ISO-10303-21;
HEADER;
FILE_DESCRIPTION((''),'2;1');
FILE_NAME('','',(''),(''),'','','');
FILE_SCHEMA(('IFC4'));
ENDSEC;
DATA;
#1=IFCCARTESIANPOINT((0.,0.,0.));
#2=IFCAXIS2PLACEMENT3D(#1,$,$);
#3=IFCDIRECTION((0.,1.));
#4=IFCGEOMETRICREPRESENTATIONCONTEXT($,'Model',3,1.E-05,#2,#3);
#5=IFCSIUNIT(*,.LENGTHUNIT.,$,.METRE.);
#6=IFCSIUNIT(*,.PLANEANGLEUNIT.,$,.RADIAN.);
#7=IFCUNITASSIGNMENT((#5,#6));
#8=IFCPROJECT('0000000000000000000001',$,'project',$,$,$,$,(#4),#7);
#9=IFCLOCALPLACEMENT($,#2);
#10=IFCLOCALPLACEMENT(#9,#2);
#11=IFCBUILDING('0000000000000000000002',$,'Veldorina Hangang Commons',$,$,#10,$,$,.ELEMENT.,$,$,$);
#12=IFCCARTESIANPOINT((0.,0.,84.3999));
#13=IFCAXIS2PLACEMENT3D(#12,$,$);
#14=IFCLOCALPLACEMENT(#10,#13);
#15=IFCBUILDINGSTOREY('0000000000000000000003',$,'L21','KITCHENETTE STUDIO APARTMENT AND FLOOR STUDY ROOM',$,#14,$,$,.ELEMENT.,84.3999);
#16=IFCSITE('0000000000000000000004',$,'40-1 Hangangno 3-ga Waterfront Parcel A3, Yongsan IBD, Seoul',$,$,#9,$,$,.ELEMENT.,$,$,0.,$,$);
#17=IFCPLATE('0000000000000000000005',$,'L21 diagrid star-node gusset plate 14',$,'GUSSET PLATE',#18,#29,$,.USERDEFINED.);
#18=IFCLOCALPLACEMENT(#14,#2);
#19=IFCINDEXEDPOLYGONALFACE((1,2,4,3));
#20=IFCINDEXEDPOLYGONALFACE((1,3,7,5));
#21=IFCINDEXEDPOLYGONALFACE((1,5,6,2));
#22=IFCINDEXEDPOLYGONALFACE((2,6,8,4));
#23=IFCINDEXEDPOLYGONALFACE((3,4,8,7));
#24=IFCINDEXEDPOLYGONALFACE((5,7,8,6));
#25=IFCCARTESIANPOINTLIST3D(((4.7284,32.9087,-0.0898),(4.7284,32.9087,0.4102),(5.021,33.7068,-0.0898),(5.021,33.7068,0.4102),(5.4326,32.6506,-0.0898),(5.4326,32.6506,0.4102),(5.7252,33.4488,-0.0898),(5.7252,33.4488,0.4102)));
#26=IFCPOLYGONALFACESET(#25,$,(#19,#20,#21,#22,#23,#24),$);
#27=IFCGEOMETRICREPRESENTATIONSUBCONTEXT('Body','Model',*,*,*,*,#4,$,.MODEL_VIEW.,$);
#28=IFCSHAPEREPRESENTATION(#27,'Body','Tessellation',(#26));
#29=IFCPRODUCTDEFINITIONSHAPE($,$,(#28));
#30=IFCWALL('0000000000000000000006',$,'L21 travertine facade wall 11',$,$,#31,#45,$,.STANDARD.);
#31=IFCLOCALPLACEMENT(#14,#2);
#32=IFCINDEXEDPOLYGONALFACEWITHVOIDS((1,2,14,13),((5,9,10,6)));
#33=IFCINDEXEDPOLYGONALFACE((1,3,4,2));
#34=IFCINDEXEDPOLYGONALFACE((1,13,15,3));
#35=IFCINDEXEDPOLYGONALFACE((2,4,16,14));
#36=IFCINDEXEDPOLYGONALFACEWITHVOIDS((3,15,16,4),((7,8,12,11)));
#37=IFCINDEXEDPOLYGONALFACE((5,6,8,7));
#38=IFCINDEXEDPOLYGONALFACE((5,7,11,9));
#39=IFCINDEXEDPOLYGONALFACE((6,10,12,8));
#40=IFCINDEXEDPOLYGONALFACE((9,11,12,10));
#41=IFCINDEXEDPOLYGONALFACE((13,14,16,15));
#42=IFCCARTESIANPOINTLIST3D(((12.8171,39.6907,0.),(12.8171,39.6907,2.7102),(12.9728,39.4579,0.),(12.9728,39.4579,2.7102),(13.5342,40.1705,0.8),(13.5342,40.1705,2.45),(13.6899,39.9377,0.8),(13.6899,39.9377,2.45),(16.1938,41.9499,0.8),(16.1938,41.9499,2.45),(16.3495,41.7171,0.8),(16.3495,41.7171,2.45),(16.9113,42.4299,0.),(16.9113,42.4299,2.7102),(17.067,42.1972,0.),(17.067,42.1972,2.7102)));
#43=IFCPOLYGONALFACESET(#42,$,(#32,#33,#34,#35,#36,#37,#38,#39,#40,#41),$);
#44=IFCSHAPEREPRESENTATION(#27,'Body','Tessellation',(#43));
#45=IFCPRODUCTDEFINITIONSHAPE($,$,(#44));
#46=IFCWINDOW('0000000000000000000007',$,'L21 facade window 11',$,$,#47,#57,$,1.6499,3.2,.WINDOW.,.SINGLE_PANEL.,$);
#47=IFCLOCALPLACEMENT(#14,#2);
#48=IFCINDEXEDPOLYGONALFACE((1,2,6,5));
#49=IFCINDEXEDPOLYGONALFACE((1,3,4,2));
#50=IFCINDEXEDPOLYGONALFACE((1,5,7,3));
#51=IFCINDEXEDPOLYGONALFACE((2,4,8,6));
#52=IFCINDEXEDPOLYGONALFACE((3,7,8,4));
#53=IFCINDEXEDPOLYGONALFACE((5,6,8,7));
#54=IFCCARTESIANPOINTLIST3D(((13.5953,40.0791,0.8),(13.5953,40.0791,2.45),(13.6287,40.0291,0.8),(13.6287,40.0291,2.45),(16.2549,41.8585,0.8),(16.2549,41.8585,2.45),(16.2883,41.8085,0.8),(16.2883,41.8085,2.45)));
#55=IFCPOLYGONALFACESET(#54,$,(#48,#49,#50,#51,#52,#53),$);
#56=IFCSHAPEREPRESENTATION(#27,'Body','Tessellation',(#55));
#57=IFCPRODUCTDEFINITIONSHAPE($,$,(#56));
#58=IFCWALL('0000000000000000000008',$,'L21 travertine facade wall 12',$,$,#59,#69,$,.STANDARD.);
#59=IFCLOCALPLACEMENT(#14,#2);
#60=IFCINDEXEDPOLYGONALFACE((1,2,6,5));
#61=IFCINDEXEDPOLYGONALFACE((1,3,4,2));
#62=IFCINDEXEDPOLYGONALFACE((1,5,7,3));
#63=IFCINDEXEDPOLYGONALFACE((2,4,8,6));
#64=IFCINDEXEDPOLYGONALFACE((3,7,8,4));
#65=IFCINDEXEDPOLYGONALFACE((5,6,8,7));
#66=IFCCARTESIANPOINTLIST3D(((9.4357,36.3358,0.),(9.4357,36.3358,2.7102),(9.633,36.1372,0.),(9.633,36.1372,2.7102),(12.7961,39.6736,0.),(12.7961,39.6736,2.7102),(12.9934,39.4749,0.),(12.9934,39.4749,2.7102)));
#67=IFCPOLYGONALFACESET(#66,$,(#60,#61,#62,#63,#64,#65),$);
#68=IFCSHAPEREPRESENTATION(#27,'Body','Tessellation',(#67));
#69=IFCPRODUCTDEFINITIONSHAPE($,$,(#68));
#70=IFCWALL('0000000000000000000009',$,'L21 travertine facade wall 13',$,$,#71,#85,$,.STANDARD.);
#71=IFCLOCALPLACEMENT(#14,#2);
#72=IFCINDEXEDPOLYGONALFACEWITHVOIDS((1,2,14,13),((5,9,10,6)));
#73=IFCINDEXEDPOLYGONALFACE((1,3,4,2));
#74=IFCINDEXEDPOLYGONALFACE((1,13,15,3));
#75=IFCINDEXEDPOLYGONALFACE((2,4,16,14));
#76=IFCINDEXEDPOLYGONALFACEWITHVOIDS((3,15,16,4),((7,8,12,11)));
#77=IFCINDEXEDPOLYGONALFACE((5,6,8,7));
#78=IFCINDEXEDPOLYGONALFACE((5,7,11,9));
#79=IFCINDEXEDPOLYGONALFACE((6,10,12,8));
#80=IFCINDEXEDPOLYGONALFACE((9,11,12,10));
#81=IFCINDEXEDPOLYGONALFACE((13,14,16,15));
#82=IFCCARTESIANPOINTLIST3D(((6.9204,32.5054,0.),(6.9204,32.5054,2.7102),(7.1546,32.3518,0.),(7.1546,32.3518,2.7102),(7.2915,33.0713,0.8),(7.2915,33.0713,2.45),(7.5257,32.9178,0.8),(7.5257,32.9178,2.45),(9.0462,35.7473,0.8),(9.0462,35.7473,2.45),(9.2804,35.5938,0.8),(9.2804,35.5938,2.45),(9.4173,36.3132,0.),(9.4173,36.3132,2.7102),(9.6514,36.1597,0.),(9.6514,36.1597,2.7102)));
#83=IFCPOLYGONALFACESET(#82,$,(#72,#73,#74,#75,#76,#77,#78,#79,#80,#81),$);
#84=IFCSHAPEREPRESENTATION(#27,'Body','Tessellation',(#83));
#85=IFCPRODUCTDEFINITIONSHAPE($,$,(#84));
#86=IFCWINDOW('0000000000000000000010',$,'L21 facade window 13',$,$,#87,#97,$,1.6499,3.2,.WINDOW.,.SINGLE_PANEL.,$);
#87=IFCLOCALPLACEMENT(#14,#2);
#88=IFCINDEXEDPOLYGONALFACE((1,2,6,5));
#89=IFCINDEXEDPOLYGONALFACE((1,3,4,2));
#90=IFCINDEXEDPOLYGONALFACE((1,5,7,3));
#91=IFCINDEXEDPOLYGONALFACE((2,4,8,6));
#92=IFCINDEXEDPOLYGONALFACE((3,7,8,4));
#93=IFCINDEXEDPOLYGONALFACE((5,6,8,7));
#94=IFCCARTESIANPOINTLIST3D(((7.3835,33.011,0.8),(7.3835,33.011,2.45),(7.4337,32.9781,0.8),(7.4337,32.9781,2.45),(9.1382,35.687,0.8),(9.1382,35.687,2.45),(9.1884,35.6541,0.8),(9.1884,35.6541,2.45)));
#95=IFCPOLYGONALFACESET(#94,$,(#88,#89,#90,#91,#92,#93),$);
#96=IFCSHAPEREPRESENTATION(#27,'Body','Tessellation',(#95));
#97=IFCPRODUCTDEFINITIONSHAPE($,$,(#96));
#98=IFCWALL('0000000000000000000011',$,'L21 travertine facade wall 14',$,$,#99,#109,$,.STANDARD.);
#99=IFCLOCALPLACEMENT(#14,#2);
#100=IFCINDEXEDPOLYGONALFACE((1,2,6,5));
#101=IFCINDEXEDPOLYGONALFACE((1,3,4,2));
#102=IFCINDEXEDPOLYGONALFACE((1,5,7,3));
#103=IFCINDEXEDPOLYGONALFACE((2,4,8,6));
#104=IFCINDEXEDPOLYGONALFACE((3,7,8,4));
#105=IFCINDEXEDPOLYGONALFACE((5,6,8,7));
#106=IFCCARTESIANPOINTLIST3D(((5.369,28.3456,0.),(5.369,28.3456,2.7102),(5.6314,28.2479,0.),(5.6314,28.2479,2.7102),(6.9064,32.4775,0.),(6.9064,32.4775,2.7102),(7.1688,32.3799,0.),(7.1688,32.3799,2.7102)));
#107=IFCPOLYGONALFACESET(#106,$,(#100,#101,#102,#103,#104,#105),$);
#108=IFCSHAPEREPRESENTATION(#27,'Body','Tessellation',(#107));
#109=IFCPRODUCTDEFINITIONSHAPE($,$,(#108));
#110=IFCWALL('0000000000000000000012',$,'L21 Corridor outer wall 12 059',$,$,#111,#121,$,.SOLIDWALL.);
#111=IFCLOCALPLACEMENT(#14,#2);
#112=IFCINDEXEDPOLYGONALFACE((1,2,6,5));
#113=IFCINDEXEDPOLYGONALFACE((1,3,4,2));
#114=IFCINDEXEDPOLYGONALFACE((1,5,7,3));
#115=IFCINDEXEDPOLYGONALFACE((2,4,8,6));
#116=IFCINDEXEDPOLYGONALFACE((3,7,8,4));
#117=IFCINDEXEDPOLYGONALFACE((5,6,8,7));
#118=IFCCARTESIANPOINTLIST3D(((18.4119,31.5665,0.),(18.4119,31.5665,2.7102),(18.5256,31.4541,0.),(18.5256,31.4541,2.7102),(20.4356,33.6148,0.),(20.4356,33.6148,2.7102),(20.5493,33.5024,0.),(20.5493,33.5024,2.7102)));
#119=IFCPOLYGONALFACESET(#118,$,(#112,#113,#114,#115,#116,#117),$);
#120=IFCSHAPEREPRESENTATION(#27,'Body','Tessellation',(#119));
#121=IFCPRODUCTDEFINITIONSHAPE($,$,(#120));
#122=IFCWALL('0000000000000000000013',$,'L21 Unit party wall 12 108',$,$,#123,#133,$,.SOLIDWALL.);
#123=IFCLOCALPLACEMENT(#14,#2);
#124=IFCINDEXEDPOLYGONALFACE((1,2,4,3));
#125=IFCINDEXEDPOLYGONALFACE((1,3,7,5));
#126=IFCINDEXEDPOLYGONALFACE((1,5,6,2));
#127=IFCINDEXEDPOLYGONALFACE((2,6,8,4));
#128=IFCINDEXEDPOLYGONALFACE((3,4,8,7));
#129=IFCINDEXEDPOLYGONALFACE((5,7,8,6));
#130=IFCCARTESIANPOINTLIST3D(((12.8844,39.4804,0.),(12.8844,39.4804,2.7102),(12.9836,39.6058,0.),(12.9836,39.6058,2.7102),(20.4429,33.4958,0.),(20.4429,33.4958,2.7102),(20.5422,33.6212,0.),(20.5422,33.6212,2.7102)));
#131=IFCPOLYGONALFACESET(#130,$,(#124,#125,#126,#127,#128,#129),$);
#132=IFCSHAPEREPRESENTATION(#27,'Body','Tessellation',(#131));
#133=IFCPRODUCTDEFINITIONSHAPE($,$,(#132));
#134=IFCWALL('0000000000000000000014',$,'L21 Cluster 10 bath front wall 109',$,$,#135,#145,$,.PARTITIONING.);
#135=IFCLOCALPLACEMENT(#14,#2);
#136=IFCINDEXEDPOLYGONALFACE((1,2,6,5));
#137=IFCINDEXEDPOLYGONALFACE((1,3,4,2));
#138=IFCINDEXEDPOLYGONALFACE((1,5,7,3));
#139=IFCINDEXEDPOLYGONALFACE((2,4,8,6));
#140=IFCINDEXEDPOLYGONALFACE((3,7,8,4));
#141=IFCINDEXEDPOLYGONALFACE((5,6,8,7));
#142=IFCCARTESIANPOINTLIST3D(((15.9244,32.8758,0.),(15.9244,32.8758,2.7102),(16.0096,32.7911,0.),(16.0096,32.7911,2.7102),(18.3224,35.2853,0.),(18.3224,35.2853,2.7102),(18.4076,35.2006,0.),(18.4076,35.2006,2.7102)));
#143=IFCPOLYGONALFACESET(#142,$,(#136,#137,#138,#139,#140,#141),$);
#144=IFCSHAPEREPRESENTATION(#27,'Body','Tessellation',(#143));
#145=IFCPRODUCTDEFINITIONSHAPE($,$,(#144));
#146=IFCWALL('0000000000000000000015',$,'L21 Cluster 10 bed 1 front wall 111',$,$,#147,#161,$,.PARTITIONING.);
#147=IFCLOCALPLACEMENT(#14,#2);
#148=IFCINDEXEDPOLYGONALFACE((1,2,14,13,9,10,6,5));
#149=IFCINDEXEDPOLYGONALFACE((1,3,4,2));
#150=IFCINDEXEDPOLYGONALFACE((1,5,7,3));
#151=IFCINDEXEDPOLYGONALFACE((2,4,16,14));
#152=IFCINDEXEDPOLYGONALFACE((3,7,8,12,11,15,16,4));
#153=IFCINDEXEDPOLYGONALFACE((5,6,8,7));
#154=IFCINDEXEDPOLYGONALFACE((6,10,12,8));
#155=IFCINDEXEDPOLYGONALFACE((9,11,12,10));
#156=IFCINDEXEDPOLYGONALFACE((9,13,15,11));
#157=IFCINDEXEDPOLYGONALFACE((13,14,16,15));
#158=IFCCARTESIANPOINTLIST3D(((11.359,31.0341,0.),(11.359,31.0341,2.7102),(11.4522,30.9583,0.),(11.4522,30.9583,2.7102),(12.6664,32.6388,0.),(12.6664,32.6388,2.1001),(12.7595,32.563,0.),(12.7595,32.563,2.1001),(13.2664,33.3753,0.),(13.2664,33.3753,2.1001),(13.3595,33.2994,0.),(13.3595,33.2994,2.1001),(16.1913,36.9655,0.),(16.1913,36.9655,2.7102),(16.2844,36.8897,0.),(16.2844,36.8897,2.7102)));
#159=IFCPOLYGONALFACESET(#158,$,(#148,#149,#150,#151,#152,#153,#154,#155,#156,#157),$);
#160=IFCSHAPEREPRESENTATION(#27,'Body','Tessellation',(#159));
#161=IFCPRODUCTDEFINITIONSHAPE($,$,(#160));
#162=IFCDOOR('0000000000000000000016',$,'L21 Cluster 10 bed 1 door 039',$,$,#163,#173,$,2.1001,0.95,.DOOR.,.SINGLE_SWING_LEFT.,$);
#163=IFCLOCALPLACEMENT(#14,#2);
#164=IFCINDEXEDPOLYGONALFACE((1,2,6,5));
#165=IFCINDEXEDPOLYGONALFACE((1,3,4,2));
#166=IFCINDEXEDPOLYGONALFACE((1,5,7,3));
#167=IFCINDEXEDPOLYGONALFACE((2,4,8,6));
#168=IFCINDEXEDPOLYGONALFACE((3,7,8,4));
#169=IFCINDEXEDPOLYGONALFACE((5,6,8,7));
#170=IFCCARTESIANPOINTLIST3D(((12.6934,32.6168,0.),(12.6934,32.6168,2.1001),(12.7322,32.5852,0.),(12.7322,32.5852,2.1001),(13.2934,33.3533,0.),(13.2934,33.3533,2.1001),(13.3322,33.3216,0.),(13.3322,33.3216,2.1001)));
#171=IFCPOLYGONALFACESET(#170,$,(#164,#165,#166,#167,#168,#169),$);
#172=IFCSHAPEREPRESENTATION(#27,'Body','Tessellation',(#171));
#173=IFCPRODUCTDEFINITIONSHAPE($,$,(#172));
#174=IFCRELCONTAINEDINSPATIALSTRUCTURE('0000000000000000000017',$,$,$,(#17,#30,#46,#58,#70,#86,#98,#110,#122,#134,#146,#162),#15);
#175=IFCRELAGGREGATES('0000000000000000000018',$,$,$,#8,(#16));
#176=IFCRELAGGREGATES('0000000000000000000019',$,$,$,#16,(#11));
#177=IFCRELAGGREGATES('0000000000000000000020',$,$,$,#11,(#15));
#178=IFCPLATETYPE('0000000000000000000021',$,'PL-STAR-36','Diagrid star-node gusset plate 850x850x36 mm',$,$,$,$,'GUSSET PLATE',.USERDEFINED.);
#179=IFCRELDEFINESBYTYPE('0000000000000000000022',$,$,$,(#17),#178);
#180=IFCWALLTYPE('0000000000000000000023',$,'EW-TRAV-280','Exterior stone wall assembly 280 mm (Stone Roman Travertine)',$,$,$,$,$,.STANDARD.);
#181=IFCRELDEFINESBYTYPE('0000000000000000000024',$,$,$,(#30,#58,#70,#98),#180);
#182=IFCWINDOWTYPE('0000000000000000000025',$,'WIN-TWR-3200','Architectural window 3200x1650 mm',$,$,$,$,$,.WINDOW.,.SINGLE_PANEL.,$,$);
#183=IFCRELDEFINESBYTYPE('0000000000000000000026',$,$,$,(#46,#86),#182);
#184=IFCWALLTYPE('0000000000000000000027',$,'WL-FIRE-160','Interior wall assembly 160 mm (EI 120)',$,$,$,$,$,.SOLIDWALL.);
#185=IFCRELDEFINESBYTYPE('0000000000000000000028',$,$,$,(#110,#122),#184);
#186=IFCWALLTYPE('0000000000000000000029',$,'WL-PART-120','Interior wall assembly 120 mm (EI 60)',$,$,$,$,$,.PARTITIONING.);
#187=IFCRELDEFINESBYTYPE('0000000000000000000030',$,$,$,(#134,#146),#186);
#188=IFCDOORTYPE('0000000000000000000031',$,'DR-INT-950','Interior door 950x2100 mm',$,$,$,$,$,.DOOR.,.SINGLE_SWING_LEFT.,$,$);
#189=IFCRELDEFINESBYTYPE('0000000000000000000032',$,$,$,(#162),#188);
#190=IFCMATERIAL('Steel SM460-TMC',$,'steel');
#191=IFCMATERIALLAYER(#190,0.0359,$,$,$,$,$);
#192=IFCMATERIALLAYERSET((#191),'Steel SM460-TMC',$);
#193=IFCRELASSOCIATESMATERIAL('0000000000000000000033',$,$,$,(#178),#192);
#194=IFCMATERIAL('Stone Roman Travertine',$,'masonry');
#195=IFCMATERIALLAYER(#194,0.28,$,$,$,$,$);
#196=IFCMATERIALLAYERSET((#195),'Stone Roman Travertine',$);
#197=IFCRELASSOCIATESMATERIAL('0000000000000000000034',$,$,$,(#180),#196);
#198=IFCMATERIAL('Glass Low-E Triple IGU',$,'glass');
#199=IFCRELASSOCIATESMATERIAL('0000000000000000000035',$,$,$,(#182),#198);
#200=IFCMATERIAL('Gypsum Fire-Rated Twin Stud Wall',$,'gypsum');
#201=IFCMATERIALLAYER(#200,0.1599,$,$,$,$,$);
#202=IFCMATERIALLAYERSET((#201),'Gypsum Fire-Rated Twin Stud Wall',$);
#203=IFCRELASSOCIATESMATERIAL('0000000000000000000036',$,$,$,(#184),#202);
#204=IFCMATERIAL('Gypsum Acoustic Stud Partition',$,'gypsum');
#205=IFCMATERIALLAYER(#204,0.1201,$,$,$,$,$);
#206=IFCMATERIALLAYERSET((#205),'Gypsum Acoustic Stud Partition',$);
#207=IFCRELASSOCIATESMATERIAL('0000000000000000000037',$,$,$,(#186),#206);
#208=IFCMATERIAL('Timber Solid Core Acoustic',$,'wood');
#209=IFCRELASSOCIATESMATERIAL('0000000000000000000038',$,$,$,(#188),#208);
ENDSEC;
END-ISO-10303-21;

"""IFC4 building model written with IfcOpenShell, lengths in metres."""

from ifc_helpers import new_model, si_unit, direction, frame, frame_2d, origin, origin_2d, place, context, subcontext, project, spatial, rectangle, extrude, material, layer, layer_set, type_object, element, fill, save


model = new_model("IFC4")

# Units and contexts
model_context = context("Model", 3, precision=1e-05, world=origin(), true_north=direction((0.0, 1.0)))
body_context = subcontext(model_context, "Body", "Model", "MODEL_VIEW")
ifc_project = project(units=[si_unit("LENGTHUNIT", "METRE"), si_unit("PLANEANGLEUNIT", "RADIAN")], contexts=[model_context])

# Site, building, storey
site_placement = place(None, origin())
site = spatial("IfcSite", under=ifc_project, at=site_placement, Name="40-1 Hangangno 3-ga Waterfront Parcel A3, Yongsan IBD, Seoul", CompositionType="ELEMENT", RefElevation=0.0)
building_placement = place(site_placement, origin())
building = spatial("IfcBuilding", under=site, at=building_placement, Name="Veldorina Hangang Commons", CompositionType="ELEMENT")
storey_placement = place(building_placement, frame((0.0, 0.0, 84.3999)))
storey = spatial("IfcBuildingStorey", under=building, at=storey_placement, Name="L21", Description="KITCHENETTE STUDIO APARTMENT AND FLOOR STUDY ROOM", CompositionType="ELEMENT", Elevation=84.3999)

# Shared definitions
ifc_material_1 = material(Name="Steel SM460-TMC", Category="steel")

# Plate
ifc_layer_1 = layer(ifc_material_1, 0.0359)
ifc_layer_set_1 = layer_set([ifc_layer_1], Name="Steel SM460-TMC")
plate_type = type_object("IfcPlateType", Name="PL-STAR-36", Description="Diagrid star-node gusset plate 850x850x36 mm", ElementType="GUSSET PLATE", PredefinedType="USERDEFINED", material=ifc_layer_set_1)
plate_1_placement = place(storey_placement, frame((5.2268, 33.1787, -0.0898), z_axis=(0.0, 0.0, 1.0), x_axis=(-0.344119, -0.938926, 0.0)))
element("IfcPlate", 1, at=plate_1_placement, inside=storey, type_object=plate_type, Name="L21 diagrid star-node gusset plate 14", ObjectType="GUSSET PLATE", PredefinedType="USERDEFINED", context=body_context, shape_type="SweptSolid", body=[
    extrude(rectangle(XDim=0.8501, YDim=0.75, at=origin_2d()), origin(), (0.0, 0.0, 1.0), 0.5),
])

# Wall, opening, window
ifc_material_2 = material(Name="Stone Roman Travertine", Category="masonry")
ifc_layer_2 = layer(ifc_material_2, 0.28)
ifc_layer_set_2 = layer_set([ifc_layer_2], Name="Stone Roman Travertine")
wall_type_1 = type_object("IfcWallType", Name="EW-TRAV-280", Description="Exterior stone wall assembly 280 mm (Stone Roman Travertine)", PredefinedType="STANDARD", material=ifc_layer_set_2)
wall_1_placement = place(storey_placement, frame((16.989, 42.3135, 0.0), z_axis=(0.0, 0.0, 1.0), x_axis=(-0.831134, -0.556072, 0.0)))
wall_1 = element("IfcWall", 2, at=wall_1_placement, inside=storey, type_object=wall_type_1, Name="L21 travertine facade wall 11", PredefinedType="STANDARD", context=body_context, shape_type="SweptSolid", body=[
    extrude(rectangle(XDim=4.926, YDim=0.28, at=frame_2d((2.4629, 0.0))), origin(), (0.0, 0.0, 1.0), 2.7102),
])
opening_1_placement = place(wall_1_placement, frame((0.863, 0.0, 0.8)))
opening_1 = element("IfcOpeningElement", 3, at=opening_1_placement, cuts=wall_1, PredefinedType="OPENING", context=body_context, shape_type="SweptSolid", body=[
    extrude(rectangle(XDim=3.2, YDim=1.6499, at=frame_2d((1.6001, 0.825))), frame((0.0, 0.1499, 0.0), z_axis=(0.0, -1.0, 0.0), x_axis=(1.0, 0.0, 0.0)), (0.0, 0.0, 1.0), 0.3),
])
ifc_material_3 = material(Name="Glass Low-E Triple IGU", Category="glass")
window_type = type_object("IfcWindowType", Name="WIN-TWR-3200", Description="Architectural window 3200x1650 mm", PartitioningType="SINGLE_PANEL", PredefinedType="WINDOW", material=ifc_material_3)
window_1_placement = place(opening_1_placement, origin())
window_1 = element("IfcWindow", 4, at=window_1_placement, inside=storey, type_object=window_type, Name="L21 facade window 11", OverallHeight=1.6499, OverallWidth=3.2, PartitioningType="SINGLE_PANEL", PredefinedType="WINDOW", context=body_context, shape_type="SweptSolid", body=[
    extrude(rectangle(XDim=3.2, YDim=1.6499, at=frame_2d((1.6001, 0.825))), frame((0.0, 0.03, 0.0), z_axis=(0.0, -1.0, 0.0), x_axis=(1.0, 0.0, 0.0)), (0.0, 0.0, 1.0), 0.0601),
])
fill(opening_1, window_1)

# Wall
wall_2_placement = place(storey_placement, frame((12.8948, 39.5742, 0.0), z_axis=(0.0, 0.0, 1.0), x_axis=(-0.7095, -0.704706, 0.0)))
element("IfcWall", 5, at=wall_2_placement, inside=storey, type_object=wall_type_1, Name="L21 travertine facade wall 12", PredefinedType="STANDARD", context=body_context, shape_type="SweptSolid", body=[
    extrude(rectangle(XDim=4.7363, YDim=0.28, at=frame_2d((2.3682, 0.0))), origin(), (0.0, 0.0, 1.0), 2.7102),
])

# Wall, opening, window
wall_3_placement = place(storey_placement, frame((9.5344, 36.2366, 0.0), z_axis=(0.0, 0.0, 1.0), x_axis=(-0.548337, -0.836258, 0.0)))
wall_3 = element("IfcWall", 6, at=wall_3_placement, inside=storey, type_object=wall_type_1, Name="L21 travertine facade wall 13", PredefinedType="STANDARD", context=body_context, shape_type="SweptSolid", body=[
    extrude(rectangle(XDim=4.5535, YDim=0.28, at=frame_2d((2.2769, 0.0))), origin(), (0.0, 0.0, 1.0), 2.7102),
])
opening_2_placement = place(wall_3_placement, frame((0.6768, 0.0, 0.8)))
opening_2 = element("IfcOpeningElement", 7, at=opening_2_placement, cuts=wall_3, PredefinedType="OPENING", context=body_context, shape_type="SweptSolid", body=[
    extrude(rectangle(XDim=3.2, YDim=1.6499, at=frame_2d((1.6001, 0.825))), frame((0.0, 0.1499, 0.0), z_axis=(0.0, -1.0, 0.0), x_axis=(1.0, 0.0, 0.0)), (0.0, 0.0, 1.0), 0.3),
])
window_2_placement = place(opening_2_placement, origin())
window_2 = element("IfcWindow", 8, at=window_2_placement, inside=storey, type_object=window_type, Name="L21 facade window 13", OverallHeight=1.6499, OverallWidth=3.2, PartitioningType="SINGLE_PANEL", PredefinedType="WINDOW", context=body_context, shape_type="SweptSolid", body=[
    extrude(rectangle(XDim=3.2, YDim=1.6499, at=frame_2d((1.6001, 0.825))), frame((0.0, 0.03, 0.0), z_axis=(0.0, -1.0, 0.0), x_axis=(1.0, 0.0, 0.0)), (0.0, 0.0, 1.0), 0.0601),
])
fill(opening_2, window_2)

# Walls
wall_4_placement = place(storey_placement, frame((7.0376, 32.4287, 0.0), z_axis=(0.0, 0.0, 1.0), x_axis=(-0.348719, -0.937227, 0.0)))
element("IfcWall", 9, at=wall_4_placement, inside=storey, type_object=wall_type_1, Name="L21 travertine facade wall 14", PredefinedType="STANDARD", context=body_context, shape_type="SweptSolid", body=[
    extrude(rectangle(XDim=4.4087, YDim=0.28, at=frame_2d((2.2043, 0.0))), origin(), (0.0, 0.0, 1.0), 2.7102),
])
ifc_material_4 = material(Name="Gypsum Fire-Rated Twin Stud Wall", Category="gypsum")
ifc_layer_3 = layer(ifc_material_4, 0.1599)
ifc_layer_set_3 = layer_set([ifc_layer_3], Name="Gypsum Fire-Rated Twin Stud Wall")
wall_type_2 = type_object("IfcWallType", Name="WL-FIRE-160", Description="Interior wall assembly 160 mm (EI 120)", PredefinedType="SOLIDWALL", material=ifc_layer_set_3)
wall_5_placement = place(storey_placement, frame((20.4924, 33.5586, 0.0), z_axis=(0.0, 0.0, 1.0), x_axis=(-0.702812, -0.711376, 0.0)))
element("IfcWall", 10, at=wall_5_placement, inside=storey, type_object=wall_type_2, Name="L21 Corridor outer wall 12 059", PredefinedType="SOLIDWALL", context=body_context, shape_type="SweptSolid", body=[
    extrude(rectangle(XDim=2.8794, YDim=0.1599, at=frame_2d((1.4397, 0.0))), origin(), (0.0, 0.0, 1.0), 2.7102),
])
wall_6_placement = place(storey_placement, frame((20.4924, 33.5586, 0.0), z_axis=(0.0, 0.0, 1.0), x_axis=(-0.784009, 0.62075, 0.0)))
element("IfcWall", 11, at=wall_6_placement, inside=storey, type_object=wall_type_2, Name="L21 Unit party wall 12 108", PredefinedType="SOLIDWALL", context=body_context, shape_type="SweptSolid", body=[
    extrude(rectangle(XDim=9.6409, YDim=0.1599, at=frame_2d((4.8203, 0.0))), origin(), (0.0, 0.0, 1.0), 2.7102),
])
ifc_material_5 = material(Name="Gypsum Acoustic Stud Partition", Category="gypsum")
ifc_layer_4 = layer(ifc_material_5, 0.1201)
ifc_layer_set_4 = layer_set([ifc_layer_4], Name="Gypsum Acoustic Stud Partition")
wall_type_3 = type_object("IfcWallType", Name="WL-PART-120", Description="Interior wall assembly 120 mm (EI 60)", PredefinedType="PARTITIONING", material=ifc_layer_set_4)
wall_7_placement = place(storey_placement, frame((18.365, 35.2429, 0.0), z_axis=(0.0, 0.0, 1.0), x_axis=(-0.705417, -0.708793, 0.0)))
element("IfcWall", 12, at=wall_7_placement, inside=storey, type_object=wall_type_3, Name="L21 Cluster 10 bath front wall 109", PredefinedType="PARTITIONING", context=body_context, shape_type="SweptSolid", body=[
    extrude(rectangle(XDim=3.3994, YDim=0.1201, at=frame_2d((1.6997, 0.0))), origin(), (0.0, 0.0, 1.0), 2.7102),
])

# Wall, opening, door
wall_8_placement = place(storey_placement, frame((16.2378, 36.9275, 0.0), z_axis=(0.0, 0.0, 1.0), x_axis=(-0.631617, -0.775281, 0.0)))
wall_8 = element("IfcWall", 13, at=wall_8_placement, inside=storey, type_object=wall_type_3, Name="L21 Cluster 10 bed 1 front wall 111", PredefinedType="PARTITIONING", context=body_context, shape_type="SweptSolid", body=[
    extrude(rectangle(XDim=7.6506, YDim=0.1201, at=frame_2d((3.8252, 0.0))), origin(), (0.0, 0.0, 1.0), 2.7102),
])
opening_3_placement = place(wall_8_placement, frame((4.6306, 0.0, 0.0)))
opening_3 = element("IfcOpeningElement", 14, at=opening_3_placement, cuts=wall_8, PredefinedType="OPENING", context=body_context, shape_type="SweptSolid", body=[
    extrude(rectangle(XDim=0.95, YDim=2.1001, at=frame_2d((0.4751, 1.05))), frame((0.0, 0.0701, 0.0), z_axis=(0.0, -1.0, 0.0), x_axis=(1.0, 0.0, 0.0)), (0.0, 0.0, 1.0), 0.1401),
])
ifc_material_6 = material(Name="Timber Solid Core Acoustic", Category="wood")
door_type = type_object("IfcDoorType", Name="DR-INT-950", Description="Interior door 950x2100 mm", OperationType="SINGLE_SWING_LEFT", PredefinedType="DOOR", material=ifc_material_6)
door_placement = place(opening_3_placement, origin())
door = element("IfcDoor", 15, at=door_placement, inside=storey, type_object=door_type, Name="L21 Cluster 10 bed 1 door 039", OperationType="SINGLE_SWING_LEFT", OverallHeight=2.1001, OverallWidth=0.95, PredefinedType="DOOR", context=body_context, shape_type="SweptSolid", body=[
    extrude(rectangle(XDim=0.95, YDim=2.1001, at=frame_2d((0.4751, 1.05))), frame((0.0, 0.0249, 0.0), z_axis=(0.0, -1.0, 0.0), x_axis=(1.0, 0.0, 0.0)), (0.0, 0.0, 1.0), 0.05),
])
fill(opening_3, door)

save(model, "model.ifc")
